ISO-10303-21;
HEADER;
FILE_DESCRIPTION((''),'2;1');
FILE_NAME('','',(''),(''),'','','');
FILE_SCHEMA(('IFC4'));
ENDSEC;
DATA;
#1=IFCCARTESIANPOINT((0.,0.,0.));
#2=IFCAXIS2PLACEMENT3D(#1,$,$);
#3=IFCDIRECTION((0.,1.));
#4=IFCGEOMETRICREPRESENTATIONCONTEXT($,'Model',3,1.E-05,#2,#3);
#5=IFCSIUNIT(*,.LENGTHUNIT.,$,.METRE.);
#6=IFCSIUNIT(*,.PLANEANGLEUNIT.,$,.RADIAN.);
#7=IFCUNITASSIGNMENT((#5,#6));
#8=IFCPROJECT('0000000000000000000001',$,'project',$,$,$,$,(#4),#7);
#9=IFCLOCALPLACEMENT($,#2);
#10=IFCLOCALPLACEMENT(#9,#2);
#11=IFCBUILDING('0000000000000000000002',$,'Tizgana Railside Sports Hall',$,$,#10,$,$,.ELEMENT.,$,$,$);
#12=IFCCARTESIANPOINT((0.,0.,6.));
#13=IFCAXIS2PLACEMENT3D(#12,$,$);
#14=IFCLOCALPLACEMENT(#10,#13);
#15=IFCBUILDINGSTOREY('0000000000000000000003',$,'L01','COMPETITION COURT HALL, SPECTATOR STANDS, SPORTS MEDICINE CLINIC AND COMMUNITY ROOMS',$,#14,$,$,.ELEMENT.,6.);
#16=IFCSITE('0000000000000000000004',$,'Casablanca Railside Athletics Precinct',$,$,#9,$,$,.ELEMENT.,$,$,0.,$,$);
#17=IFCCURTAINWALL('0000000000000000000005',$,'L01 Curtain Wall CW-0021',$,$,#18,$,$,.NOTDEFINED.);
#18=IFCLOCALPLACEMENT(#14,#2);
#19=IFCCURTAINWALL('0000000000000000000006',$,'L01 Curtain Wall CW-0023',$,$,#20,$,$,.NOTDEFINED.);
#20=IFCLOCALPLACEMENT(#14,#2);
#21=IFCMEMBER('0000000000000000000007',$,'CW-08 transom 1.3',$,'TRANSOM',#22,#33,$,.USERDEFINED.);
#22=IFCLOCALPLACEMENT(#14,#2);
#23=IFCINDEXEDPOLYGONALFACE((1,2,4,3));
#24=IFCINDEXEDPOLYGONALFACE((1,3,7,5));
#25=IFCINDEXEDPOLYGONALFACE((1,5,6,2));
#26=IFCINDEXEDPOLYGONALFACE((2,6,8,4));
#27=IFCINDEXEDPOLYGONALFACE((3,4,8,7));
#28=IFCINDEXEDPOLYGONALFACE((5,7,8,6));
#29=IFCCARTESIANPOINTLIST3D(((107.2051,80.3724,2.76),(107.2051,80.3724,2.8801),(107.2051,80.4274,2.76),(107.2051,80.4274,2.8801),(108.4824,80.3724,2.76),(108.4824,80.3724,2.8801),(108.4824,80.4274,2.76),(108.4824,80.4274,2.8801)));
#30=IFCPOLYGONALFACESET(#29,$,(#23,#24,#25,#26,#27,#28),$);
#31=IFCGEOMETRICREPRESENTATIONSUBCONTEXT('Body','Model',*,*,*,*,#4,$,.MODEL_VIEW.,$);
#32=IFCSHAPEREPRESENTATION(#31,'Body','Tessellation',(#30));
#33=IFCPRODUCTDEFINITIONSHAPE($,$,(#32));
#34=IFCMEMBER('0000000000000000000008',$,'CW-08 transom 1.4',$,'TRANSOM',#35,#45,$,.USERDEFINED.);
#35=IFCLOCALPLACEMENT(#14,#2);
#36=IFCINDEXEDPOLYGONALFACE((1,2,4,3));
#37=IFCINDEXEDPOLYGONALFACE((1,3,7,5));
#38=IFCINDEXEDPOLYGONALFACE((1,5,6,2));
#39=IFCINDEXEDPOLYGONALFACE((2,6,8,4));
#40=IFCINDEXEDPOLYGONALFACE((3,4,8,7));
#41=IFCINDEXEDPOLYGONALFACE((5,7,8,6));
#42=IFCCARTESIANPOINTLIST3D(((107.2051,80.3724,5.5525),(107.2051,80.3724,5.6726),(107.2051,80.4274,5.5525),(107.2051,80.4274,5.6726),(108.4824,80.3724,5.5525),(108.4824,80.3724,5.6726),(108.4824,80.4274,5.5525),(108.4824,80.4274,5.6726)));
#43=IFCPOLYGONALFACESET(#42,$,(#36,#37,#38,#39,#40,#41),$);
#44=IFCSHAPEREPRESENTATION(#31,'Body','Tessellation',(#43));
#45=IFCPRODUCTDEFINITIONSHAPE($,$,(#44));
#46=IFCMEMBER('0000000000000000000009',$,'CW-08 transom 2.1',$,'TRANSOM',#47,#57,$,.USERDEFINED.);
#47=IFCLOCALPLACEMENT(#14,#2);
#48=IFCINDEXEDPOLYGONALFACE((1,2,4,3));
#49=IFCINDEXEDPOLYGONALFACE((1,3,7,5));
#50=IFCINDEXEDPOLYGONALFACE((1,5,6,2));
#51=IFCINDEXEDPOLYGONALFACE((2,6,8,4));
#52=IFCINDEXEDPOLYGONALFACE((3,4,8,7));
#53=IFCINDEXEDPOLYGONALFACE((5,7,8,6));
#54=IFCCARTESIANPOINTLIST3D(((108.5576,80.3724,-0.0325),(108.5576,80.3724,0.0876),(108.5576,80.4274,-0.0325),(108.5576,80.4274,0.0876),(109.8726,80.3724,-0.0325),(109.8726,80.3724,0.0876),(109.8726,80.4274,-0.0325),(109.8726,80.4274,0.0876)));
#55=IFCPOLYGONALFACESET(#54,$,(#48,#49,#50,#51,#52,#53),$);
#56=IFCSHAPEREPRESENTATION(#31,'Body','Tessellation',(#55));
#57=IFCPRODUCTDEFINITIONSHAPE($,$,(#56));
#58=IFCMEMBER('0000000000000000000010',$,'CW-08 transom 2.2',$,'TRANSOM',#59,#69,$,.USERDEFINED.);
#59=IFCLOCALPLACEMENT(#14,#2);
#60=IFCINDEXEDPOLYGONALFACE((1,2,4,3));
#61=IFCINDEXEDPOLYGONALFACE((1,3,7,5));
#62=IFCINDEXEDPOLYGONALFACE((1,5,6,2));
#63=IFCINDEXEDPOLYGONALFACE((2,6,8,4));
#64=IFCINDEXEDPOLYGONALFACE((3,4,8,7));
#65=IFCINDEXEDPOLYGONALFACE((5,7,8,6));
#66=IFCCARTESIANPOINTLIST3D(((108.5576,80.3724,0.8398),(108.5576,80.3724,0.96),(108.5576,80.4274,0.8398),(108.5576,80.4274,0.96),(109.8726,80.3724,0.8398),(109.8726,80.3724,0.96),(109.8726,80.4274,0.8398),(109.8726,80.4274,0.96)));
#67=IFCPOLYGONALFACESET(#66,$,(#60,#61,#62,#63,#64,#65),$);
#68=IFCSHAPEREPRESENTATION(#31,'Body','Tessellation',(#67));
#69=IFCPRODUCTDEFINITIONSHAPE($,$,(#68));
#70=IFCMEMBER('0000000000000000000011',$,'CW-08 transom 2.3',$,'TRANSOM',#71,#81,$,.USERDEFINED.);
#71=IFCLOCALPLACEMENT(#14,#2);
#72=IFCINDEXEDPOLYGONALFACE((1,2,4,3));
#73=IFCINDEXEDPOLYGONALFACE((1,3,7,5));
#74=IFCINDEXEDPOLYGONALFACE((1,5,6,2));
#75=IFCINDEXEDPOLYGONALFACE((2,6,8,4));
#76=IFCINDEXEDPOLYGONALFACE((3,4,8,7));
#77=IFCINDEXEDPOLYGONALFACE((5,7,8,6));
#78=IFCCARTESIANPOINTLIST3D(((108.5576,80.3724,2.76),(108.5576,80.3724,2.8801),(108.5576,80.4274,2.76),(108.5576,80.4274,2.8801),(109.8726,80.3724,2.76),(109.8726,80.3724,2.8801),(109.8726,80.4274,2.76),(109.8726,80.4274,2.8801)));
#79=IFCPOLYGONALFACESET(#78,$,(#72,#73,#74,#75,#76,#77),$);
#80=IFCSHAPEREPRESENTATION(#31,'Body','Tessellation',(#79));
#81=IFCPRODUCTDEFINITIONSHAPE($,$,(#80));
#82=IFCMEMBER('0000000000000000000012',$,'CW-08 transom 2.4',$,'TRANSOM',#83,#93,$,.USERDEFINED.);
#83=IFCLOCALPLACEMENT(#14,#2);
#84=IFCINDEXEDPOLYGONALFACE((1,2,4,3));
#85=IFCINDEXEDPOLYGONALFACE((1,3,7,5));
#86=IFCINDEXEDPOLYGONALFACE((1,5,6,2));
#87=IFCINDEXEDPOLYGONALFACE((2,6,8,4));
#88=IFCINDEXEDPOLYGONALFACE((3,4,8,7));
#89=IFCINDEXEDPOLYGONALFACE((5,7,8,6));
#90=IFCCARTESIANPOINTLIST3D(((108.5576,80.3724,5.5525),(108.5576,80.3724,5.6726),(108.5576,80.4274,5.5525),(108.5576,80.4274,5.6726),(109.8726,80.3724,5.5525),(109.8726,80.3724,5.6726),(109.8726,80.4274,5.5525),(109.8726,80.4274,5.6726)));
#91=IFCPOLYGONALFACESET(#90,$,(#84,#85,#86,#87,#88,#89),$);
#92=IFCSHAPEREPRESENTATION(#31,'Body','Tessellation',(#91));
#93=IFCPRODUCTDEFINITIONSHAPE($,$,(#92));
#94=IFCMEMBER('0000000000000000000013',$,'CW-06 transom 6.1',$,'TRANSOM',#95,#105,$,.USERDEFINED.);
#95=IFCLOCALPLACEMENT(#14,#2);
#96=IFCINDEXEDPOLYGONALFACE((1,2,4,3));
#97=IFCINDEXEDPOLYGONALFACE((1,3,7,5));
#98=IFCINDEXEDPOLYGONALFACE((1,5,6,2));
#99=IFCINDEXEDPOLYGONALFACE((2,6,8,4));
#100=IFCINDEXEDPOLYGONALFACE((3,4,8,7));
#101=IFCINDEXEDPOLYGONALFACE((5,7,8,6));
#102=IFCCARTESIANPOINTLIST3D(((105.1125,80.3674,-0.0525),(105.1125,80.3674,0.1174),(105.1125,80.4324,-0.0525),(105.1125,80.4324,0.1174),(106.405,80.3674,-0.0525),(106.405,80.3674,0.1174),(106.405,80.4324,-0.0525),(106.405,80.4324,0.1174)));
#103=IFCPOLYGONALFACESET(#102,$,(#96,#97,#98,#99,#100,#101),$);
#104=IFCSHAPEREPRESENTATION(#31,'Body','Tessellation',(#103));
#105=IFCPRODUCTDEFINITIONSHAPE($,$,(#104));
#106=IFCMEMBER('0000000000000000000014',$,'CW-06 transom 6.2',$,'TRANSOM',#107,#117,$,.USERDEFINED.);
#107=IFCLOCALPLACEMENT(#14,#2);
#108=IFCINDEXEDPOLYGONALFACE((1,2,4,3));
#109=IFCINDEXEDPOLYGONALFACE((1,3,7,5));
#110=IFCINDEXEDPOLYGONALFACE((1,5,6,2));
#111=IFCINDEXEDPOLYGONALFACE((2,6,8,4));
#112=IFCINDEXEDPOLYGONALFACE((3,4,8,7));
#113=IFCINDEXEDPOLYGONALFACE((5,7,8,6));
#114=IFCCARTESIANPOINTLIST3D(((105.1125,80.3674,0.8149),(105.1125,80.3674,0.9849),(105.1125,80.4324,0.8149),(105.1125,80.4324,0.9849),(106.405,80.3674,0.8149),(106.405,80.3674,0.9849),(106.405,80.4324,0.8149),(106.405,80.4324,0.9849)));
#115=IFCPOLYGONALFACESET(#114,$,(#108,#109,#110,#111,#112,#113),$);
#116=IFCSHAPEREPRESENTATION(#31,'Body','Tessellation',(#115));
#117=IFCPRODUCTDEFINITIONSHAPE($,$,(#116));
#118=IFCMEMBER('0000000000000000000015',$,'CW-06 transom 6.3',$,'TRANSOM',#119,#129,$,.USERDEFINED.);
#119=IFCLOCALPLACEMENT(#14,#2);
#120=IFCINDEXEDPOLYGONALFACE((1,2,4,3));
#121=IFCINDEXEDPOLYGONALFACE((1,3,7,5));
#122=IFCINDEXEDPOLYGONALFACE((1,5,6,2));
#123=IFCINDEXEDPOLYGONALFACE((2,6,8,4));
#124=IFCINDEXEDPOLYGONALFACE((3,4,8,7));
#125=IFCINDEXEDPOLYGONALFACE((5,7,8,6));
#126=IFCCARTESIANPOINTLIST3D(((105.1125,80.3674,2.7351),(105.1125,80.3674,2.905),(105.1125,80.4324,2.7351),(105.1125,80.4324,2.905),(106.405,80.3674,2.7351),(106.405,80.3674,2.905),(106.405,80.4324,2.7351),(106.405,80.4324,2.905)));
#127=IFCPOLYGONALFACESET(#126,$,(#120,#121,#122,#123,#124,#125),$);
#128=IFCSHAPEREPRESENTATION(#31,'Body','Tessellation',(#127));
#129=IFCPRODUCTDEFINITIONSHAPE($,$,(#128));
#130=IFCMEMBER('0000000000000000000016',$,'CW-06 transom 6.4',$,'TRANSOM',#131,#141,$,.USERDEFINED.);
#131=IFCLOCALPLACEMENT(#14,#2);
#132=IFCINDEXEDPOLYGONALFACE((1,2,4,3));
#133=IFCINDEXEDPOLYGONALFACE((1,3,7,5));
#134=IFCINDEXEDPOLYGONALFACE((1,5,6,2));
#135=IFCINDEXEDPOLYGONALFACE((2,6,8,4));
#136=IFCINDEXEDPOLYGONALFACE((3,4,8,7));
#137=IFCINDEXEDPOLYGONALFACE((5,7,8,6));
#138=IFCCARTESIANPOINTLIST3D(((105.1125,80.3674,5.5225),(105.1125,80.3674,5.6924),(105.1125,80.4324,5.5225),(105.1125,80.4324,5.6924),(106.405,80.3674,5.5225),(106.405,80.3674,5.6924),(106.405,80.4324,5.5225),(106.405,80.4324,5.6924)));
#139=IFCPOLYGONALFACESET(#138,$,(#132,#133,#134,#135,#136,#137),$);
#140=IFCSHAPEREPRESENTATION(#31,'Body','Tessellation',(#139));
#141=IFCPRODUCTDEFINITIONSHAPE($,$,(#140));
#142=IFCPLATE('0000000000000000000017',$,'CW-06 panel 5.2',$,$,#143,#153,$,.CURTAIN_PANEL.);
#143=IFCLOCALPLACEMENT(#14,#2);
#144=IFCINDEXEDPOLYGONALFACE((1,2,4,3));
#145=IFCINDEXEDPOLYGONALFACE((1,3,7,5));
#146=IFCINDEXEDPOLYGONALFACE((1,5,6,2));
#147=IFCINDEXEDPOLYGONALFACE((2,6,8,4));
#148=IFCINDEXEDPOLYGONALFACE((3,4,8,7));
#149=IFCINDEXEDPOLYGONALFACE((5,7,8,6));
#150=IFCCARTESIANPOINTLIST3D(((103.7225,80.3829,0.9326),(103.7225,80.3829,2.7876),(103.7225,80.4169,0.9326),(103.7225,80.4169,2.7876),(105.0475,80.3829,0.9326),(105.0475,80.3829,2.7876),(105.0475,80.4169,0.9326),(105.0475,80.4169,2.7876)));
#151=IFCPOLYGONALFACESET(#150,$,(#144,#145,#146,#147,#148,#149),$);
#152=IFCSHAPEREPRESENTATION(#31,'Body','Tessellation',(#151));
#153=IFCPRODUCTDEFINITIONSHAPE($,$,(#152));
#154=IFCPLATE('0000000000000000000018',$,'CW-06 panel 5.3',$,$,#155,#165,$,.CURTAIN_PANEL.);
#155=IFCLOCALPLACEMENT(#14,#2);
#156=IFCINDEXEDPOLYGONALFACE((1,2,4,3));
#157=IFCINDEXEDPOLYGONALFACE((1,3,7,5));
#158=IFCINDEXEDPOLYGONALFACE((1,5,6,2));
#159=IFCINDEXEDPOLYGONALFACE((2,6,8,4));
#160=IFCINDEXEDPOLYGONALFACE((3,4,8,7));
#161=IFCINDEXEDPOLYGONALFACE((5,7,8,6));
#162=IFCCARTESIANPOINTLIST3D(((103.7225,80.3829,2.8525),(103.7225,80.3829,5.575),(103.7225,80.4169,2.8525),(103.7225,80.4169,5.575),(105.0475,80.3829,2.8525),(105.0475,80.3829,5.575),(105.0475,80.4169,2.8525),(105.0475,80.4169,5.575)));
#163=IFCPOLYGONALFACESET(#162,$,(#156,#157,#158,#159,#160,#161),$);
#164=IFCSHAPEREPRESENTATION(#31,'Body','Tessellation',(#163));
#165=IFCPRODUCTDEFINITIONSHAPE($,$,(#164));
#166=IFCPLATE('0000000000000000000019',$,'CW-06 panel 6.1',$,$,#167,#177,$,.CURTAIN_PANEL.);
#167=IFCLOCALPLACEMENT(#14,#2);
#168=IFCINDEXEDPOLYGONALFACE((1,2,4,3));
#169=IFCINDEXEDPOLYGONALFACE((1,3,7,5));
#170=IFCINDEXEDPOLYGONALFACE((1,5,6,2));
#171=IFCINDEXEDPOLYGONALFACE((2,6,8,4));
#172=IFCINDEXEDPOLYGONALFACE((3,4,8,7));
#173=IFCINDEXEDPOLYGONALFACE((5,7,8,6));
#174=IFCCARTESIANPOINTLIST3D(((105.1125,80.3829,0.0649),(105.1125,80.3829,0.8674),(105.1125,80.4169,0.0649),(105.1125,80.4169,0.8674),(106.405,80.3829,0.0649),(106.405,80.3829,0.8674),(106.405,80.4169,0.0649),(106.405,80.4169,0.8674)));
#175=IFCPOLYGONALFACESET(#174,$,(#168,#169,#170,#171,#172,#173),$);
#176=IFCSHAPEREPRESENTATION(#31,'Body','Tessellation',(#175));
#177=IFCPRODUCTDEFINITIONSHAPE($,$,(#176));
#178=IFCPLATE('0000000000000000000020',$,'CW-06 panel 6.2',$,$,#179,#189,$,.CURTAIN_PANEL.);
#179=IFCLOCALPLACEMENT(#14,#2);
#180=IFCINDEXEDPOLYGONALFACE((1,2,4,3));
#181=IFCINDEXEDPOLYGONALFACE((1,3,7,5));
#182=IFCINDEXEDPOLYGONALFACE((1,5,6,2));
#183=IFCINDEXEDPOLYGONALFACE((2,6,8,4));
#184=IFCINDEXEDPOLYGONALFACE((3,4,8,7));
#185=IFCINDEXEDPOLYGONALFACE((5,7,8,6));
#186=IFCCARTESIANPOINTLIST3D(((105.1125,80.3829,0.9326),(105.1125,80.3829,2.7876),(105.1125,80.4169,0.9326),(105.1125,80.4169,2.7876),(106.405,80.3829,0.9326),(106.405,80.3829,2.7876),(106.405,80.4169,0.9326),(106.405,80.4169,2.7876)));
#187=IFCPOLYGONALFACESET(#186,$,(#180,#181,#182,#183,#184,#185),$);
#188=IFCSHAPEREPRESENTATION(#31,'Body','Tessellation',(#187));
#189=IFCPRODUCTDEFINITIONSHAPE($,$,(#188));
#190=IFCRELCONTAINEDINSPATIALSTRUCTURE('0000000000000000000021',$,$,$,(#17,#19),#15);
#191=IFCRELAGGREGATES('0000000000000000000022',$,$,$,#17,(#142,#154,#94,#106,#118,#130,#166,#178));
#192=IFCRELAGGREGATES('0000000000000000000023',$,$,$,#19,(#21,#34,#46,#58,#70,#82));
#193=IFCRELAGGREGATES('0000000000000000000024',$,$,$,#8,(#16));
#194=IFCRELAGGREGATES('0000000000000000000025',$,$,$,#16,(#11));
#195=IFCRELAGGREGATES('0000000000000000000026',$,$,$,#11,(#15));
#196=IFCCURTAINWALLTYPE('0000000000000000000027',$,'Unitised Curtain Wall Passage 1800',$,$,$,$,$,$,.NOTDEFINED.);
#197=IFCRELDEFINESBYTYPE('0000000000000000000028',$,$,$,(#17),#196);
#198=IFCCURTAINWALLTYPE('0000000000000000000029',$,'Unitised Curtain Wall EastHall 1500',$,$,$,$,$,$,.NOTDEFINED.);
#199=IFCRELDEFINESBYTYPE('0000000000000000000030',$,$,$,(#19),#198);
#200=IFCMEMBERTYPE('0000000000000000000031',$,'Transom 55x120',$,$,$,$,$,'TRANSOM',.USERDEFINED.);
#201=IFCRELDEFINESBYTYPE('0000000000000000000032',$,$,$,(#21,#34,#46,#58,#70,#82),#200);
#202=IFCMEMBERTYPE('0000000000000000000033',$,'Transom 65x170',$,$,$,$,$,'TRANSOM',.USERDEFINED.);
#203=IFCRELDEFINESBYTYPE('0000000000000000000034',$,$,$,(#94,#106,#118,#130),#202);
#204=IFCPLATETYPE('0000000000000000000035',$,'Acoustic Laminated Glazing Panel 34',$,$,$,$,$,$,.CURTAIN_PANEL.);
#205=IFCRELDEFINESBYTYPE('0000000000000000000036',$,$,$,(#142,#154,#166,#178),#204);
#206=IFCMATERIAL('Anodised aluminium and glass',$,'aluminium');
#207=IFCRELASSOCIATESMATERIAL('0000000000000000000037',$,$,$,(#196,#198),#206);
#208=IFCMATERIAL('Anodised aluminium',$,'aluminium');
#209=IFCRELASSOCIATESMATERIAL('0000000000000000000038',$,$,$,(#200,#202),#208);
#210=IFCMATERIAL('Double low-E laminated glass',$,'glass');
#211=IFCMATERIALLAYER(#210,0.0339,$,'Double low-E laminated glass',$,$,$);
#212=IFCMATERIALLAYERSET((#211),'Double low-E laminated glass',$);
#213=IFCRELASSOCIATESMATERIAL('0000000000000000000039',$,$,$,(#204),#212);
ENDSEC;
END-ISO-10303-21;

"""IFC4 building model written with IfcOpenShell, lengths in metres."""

from ifc_helpers import new_model, si_unit, direction, frame, origin, origin_2d, place, context, subcontext, project, spatial, rectangle, extrude, material, layer, layer_set, material_profile, profile_set, type_object, element, aggregate, save


model = new_model("IFC4")

# Units and contexts
model_context = context("Model", 3, precision=1e-05, world=origin(), true_north=direction((0.0, 1.0)))
body_context = subcontext(model_context, "Body", "Model", "MODEL_VIEW")
ifc_project = project(units=[si_unit("LENGTHUNIT", "METRE"), si_unit("PLANEANGLEUNIT", "RADIAN")], contexts=[model_context])

# Site, building, storey
site_placement = place(None, origin())
site = spatial("IfcSite", under=ifc_project, at=site_placement, Name="Casablanca Railside Athletics Precinct", CompositionType="ELEMENT", RefElevation=0.0)
building_placement = place(site_placement, origin())
building = spatial("IfcBuilding", under=site, at=building_placement, Name="Tizgana Railside Sports Hall", CompositionType="ELEMENT")
storey_placement = place(building_placement, frame((0.0, 0.0, 6.0)))
storey = spatial("IfcBuildingStorey", under=building, at=storey_placement, Name="L01", Description="COMPETITION COURT HALL, SPECTATOR STANDS, SPORTS MEDICINE CLINIC AND COMMUNITY ROOMS", CompositionType="ELEMENT", Elevation=6.0)

# Curtain walls
ifc_material_1 = material(Name="Anodised aluminium and glass", Category="aluminium")
curtain_wall_type_1 = type_object("IfcCurtainWallType", Name="Unitised Curtain Wall Passage 1800", PredefinedType="NOTDEFINED", material=ifc_material_1)
curtain_wall_1_placement = place(storey_placement, origin())
curtain_wall_1 = element("IfcCurtainWall", 1, at=curtain_wall_1_placement, inside=storey, type_object=curtain_wall_type_1, Name="L01 Curtain Wall CW-0021", PredefinedType="NOTDEFINED")
ifc_material_2 = material(Name="Anodised aluminium", Category="aluminium")
curtain_wall_type_2 = type_object("IfcCurtainWallType", Name="Unitised Curtain Wall EastHall 1500", PredefinedType="NOTDEFINED", material=ifc_material_1)
curtain_wall_2_placement = place(storey_placement, origin())
curtain_wall_2 = element("IfcCurtainWall", 2, at=curtain_wall_2_placement, inside=storey, type_object=curtain_wall_type_2, Name="L01 Curtain Wall CW-0023", PredefinedType="NOTDEFINED")

# Members
ifc_material_profile_1 = material_profile(ifc_material_2, rectangle(XDim=0.0549, YDim=0.1201, at=origin_2d()), Name="Transom 55x120")
ifc_profile_set_1 = profile_set([ifc_material_profile_1], Name="Anodised aluminium")
member_type_1 = type_object("IfcMemberType", Name="Transom 55x120", ElementType="TRANSOM", PredefinedType="USERDEFINED", material=ifc_profile_set_1)
member_1_placement = place(storey_placement, frame((107.2051, 80.3999, 2.8201), z_axis=(1.0, 0.0, 0.0), x_axis=(0.0, 1.0, 0.0)))
member_1 = element("IfcMember", 3, at=member_1_placement, type_object=member_type_1, Name="CW-08 transom 1.3", ObjectType="TRANSOM", PredefinedType="USERDEFINED", context=body_context, shape_type="SweptSolid", body=[
    extrude(rectangle(XDim=0.0549, YDim=0.1201, at=origin_2d()), origin(), (0.0, 0.0, 1.0), 1.2773),
])
member_2_placement = place(storey_placement, frame((107.2051, 80.3999, 5.6125), z_axis=(1.0, 0.0, 0.0), x_axis=(0.0, 1.0, 0.0)))
member_2 = element("IfcMember", 4, at=member_2_placement, type_object=member_type_1, Name="CW-08 transom 1.4", ObjectType="TRANSOM", PredefinedType="USERDEFINED", context=body_context, shape_type="SweptSolid", body=[
    extrude(rectangle(XDim=0.0549, YDim=0.1201, at=origin_2d()), origin(), (0.0, 0.0, 1.0), 1.2773),
])
member_3_placement = place(storey_placement, frame((108.5576, 80.3999, 0.0276), z_axis=(1.0, 0.0, 0.0), x_axis=(0.0, 1.0, 0.0)))
member_3 = element("IfcMember", 5, at=member_3_placement, type_object=member_type_1, Name="CW-08 transom 2.1", ObjectType="TRANSOM", PredefinedType="USERDEFINED", context=body_context, shape_type="SweptSolid", body=[
    extrude(rectangle(XDim=0.0549, YDim=0.1201, at=origin_2d()), origin(), (0.0, 0.0, 1.0), 1.3149),
])
member_4_placement = place(storey_placement, frame((108.5576, 80.3999, 0.8999), z_axis=(1.0, 0.0, 0.0), x_axis=(0.0, 1.0, 0.0)))
member_4 = element("IfcMember", 6, at=member_4_placement, type_object=member_type_1, Name="CW-08 transom 2.2", ObjectType="TRANSOM", PredefinedType="USERDEFINED", context=body_context, shape_type="SweptSolid", body=[
    extrude(rectangle(XDim=0.0549, YDim=0.1201, at=origin_2d()), origin(), (0.0, 0.0, 1.0), 1.3149),
])
member_5_placement = place(storey_placement, frame((108.5576, 80.3999, 2.8201), z_axis=(1.0, 0.0, 0.0), x_axis=(0.0, 1.0, 0.0)))
member_5 = element("IfcMember", 7, at=member_5_placement, type_object=member_type_1, Name="CW-08 transom 2.3", ObjectType="TRANSOM", PredefinedType="USERDEFINED", context=body_context, shape_type="SweptSolid", body=[
    extrude(rectangle(XDim=0.0549, YDim=0.1201, at=origin_2d()), origin(), (0.0, 0.0, 1.0), 1.3149),
])
member_6_placement = place(storey_placement, frame((108.5576, 80.3999, 5.6125), z_axis=(1.0, 0.0, 0.0), x_axis=(0.0, 1.0, 0.0)))
member_6 = element("IfcMember", 8, at=member_6_placement, type_object=member_type_1, Name="CW-08 transom 2.4", ObjectType="TRANSOM", PredefinedType="USERDEFINED", context=body_context, shape_type="SweptSolid", body=[
    extrude(rectangle(XDim=0.0549, YDim=0.1201, at=origin_2d()), origin(), (0.0, 0.0, 1.0), 1.3149),
])
ifc_material_profile_2 = material_profile(ifc_material_2, rectangle(XDim=0.0649, YDim=0.1699, at=origin_2d()), Name="Transom 65x170")
ifc_profile_set_2 = profile_set([ifc_material_profile_2], Name="Anodised aluminium")
member_type_2 = type_object("IfcMemberType", Name="Transom 65x170", ElementType="TRANSOM", PredefinedType="USERDEFINED", material=ifc_profile_set_2)
member_7_placement = place(storey_placement, frame((105.1125, 80.3999, 0.0325), z_axis=(1.0, 0.0, 0.0), x_axis=(0.0, 1.0, 0.0)))
member_7 = element("IfcMember", 9, at=member_7_placement, type_object=member_type_2, Name="CW-06 transom 6.1", ObjectType="TRANSOM", PredefinedType="USERDEFINED", context=body_context, shape_type="SweptSolid", body=[
    extrude(rectangle(XDim=0.0649, YDim=0.1699, at=origin_2d()), origin(), (0.0, 0.0, 1.0), 1.2925),
])
member_8_placement = place(storey_placement, frame((105.1125, 80.3999, 0.8999), z_axis=(1.0, 0.0, 0.0), x_axis=(0.0, 1.0, 0.0)))
member_8 = element("IfcMember", 10, at=member_8_placement, type_object=member_type_2, Name="CW-06 transom 6.2", ObjectType="TRANSOM", PredefinedType="USERDEFINED", context=body_context, shape_type="SweptSolid", body=[
    extrude(rectangle(XDim=0.0649, YDim=0.1699, at=origin_2d()), origin(), (0.0, 0.0, 1.0), 1.2925),
])
member_9_placement = place(storey_placement, frame((105.1125, 80.3999, 2.8201), z_axis=(1.0, 0.0, 0.0), x_axis=(0.0, 1.0, 0.0)))
member_9 = element("IfcMember", 11, at=member_9_placement, type_object=member_type_2, Name="CW-06 transom 6.3", ObjectType="TRANSOM", PredefinedType="USERDEFINED", context=body_context, shape_type="SweptSolid", body=[
    extrude(rectangle(XDim=0.0649, YDim=0.1699, at=origin_2d()), origin(), (0.0, 0.0, 1.0), 1.2925),
])
member_10_placement = place(storey_placement, frame((105.1125, 80.3999, 5.6074), z_axis=(1.0, 0.0, 0.0), x_axis=(0.0, 1.0, 0.0)))
member_10 = element("IfcMember", 12, at=member_10_placement, type_object=member_type_2, Name="CW-06 transom 6.4", ObjectType="TRANSOM", PredefinedType="USERDEFINED", context=body_context, shape_type="SweptSolid", body=[
    extrude(rectangle(XDim=0.0649, YDim=0.1699, at=origin_2d()), origin(), (0.0, 0.0, 1.0), 1.2925),
])

# Plates
ifc_material_3 = material(Name="Double low-E laminated glass", Category="glass")
ifc_layer_1 = layer(ifc_material_3, 0.0339, Name="Double low-E laminated glass")
ifc_layer_set_1 = layer_set([ifc_layer_1], Name="Double low-E laminated glass")
plate_type_1 = type_object("IfcPlateType", Name="Acoustic Laminated Glazing Panel 34", PredefinedType="CURTAIN_PANEL", material=ifc_layer_set_1)
plate_1_placement = place(storey_placement, frame((104.385, 80.3999, 0.9326), z_axis=(0.0, 0.0, 1.0), x_axis=(1.0, 0.0, 0.0)))
plate_1 = element("IfcPlate", 13, at=plate_1_placement, type_object=plate_type_1, Name="CW-06 panel 5.2", PredefinedType="CURTAIN_PANEL", context=body_context, shape_type="SweptSolid", body=[
    extrude(rectangle(XDim=1.325, YDim=0.0339, at=origin_2d()), origin(), (0.0, 0.0, 1.0), 1.855),
])
plate_2_placement = place(storey_placement, frame((104.385, 80.3999, 2.8525), z_axis=(0.0, 0.0, 1.0), x_axis=(1.0, 0.0, 0.0)))
plate_2 = element("IfcPlate", 14, at=plate_2_placement, type_object=plate_type_1, Name="CW-06 panel 5.3", PredefinedType="CURTAIN_PANEL", context=body_context, shape_type="SweptSolid", body=[
    extrude(rectangle(XDim=1.325, YDim=0.0339, at=origin_2d()), origin(), (0.0, 0.0, 1.0), 2.7224),
])
plate_3_placement = place(storey_placement, frame((105.7588, 80.3999, 0.0649), z_axis=(0.0, 0.0, 1.0), x_axis=(1.0, 0.0, 0.0)))
plate_3 = element("IfcPlate", 15, at=plate_3_placement, type_object=plate_type_1, Name="CW-06 panel 6.1", PredefinedType="CURTAIN_PANEL", context=body_context, shape_type="SweptSolid", body=[
    extrude(rectangle(XDim=1.2925, YDim=0.0339, at=origin_2d()), origin(), (0.0, 0.0, 1.0), 0.8025),
])
plate_4_placement = place(storey_placement, frame((105.7588, 80.3999, 0.9326), z_axis=(0.0, 0.0, 1.0), x_axis=(1.0, 0.0, 0.0)))
plate_4 = element("IfcPlate", 16, at=plate_4_placement, type_object=plate_type_1, Name="CW-06 panel 6.2", PredefinedType="CURTAIN_PANEL", context=body_context, shape_type="SweptSolid", body=[
    extrude(rectangle(XDim=1.2925, YDim=0.0339, at=origin_2d()), origin(), (0.0, 0.0, 1.0), 1.855),
])
aggregate(curtain_wall_1, [plate_1, plate_2, member_7, member_8, member_9, member_10, plate_3, plate_4])
aggregate(curtain_wall_2, [member_1, member_2, member_3, member_4, member_5, member_6])

save(model, "model.ifc")
